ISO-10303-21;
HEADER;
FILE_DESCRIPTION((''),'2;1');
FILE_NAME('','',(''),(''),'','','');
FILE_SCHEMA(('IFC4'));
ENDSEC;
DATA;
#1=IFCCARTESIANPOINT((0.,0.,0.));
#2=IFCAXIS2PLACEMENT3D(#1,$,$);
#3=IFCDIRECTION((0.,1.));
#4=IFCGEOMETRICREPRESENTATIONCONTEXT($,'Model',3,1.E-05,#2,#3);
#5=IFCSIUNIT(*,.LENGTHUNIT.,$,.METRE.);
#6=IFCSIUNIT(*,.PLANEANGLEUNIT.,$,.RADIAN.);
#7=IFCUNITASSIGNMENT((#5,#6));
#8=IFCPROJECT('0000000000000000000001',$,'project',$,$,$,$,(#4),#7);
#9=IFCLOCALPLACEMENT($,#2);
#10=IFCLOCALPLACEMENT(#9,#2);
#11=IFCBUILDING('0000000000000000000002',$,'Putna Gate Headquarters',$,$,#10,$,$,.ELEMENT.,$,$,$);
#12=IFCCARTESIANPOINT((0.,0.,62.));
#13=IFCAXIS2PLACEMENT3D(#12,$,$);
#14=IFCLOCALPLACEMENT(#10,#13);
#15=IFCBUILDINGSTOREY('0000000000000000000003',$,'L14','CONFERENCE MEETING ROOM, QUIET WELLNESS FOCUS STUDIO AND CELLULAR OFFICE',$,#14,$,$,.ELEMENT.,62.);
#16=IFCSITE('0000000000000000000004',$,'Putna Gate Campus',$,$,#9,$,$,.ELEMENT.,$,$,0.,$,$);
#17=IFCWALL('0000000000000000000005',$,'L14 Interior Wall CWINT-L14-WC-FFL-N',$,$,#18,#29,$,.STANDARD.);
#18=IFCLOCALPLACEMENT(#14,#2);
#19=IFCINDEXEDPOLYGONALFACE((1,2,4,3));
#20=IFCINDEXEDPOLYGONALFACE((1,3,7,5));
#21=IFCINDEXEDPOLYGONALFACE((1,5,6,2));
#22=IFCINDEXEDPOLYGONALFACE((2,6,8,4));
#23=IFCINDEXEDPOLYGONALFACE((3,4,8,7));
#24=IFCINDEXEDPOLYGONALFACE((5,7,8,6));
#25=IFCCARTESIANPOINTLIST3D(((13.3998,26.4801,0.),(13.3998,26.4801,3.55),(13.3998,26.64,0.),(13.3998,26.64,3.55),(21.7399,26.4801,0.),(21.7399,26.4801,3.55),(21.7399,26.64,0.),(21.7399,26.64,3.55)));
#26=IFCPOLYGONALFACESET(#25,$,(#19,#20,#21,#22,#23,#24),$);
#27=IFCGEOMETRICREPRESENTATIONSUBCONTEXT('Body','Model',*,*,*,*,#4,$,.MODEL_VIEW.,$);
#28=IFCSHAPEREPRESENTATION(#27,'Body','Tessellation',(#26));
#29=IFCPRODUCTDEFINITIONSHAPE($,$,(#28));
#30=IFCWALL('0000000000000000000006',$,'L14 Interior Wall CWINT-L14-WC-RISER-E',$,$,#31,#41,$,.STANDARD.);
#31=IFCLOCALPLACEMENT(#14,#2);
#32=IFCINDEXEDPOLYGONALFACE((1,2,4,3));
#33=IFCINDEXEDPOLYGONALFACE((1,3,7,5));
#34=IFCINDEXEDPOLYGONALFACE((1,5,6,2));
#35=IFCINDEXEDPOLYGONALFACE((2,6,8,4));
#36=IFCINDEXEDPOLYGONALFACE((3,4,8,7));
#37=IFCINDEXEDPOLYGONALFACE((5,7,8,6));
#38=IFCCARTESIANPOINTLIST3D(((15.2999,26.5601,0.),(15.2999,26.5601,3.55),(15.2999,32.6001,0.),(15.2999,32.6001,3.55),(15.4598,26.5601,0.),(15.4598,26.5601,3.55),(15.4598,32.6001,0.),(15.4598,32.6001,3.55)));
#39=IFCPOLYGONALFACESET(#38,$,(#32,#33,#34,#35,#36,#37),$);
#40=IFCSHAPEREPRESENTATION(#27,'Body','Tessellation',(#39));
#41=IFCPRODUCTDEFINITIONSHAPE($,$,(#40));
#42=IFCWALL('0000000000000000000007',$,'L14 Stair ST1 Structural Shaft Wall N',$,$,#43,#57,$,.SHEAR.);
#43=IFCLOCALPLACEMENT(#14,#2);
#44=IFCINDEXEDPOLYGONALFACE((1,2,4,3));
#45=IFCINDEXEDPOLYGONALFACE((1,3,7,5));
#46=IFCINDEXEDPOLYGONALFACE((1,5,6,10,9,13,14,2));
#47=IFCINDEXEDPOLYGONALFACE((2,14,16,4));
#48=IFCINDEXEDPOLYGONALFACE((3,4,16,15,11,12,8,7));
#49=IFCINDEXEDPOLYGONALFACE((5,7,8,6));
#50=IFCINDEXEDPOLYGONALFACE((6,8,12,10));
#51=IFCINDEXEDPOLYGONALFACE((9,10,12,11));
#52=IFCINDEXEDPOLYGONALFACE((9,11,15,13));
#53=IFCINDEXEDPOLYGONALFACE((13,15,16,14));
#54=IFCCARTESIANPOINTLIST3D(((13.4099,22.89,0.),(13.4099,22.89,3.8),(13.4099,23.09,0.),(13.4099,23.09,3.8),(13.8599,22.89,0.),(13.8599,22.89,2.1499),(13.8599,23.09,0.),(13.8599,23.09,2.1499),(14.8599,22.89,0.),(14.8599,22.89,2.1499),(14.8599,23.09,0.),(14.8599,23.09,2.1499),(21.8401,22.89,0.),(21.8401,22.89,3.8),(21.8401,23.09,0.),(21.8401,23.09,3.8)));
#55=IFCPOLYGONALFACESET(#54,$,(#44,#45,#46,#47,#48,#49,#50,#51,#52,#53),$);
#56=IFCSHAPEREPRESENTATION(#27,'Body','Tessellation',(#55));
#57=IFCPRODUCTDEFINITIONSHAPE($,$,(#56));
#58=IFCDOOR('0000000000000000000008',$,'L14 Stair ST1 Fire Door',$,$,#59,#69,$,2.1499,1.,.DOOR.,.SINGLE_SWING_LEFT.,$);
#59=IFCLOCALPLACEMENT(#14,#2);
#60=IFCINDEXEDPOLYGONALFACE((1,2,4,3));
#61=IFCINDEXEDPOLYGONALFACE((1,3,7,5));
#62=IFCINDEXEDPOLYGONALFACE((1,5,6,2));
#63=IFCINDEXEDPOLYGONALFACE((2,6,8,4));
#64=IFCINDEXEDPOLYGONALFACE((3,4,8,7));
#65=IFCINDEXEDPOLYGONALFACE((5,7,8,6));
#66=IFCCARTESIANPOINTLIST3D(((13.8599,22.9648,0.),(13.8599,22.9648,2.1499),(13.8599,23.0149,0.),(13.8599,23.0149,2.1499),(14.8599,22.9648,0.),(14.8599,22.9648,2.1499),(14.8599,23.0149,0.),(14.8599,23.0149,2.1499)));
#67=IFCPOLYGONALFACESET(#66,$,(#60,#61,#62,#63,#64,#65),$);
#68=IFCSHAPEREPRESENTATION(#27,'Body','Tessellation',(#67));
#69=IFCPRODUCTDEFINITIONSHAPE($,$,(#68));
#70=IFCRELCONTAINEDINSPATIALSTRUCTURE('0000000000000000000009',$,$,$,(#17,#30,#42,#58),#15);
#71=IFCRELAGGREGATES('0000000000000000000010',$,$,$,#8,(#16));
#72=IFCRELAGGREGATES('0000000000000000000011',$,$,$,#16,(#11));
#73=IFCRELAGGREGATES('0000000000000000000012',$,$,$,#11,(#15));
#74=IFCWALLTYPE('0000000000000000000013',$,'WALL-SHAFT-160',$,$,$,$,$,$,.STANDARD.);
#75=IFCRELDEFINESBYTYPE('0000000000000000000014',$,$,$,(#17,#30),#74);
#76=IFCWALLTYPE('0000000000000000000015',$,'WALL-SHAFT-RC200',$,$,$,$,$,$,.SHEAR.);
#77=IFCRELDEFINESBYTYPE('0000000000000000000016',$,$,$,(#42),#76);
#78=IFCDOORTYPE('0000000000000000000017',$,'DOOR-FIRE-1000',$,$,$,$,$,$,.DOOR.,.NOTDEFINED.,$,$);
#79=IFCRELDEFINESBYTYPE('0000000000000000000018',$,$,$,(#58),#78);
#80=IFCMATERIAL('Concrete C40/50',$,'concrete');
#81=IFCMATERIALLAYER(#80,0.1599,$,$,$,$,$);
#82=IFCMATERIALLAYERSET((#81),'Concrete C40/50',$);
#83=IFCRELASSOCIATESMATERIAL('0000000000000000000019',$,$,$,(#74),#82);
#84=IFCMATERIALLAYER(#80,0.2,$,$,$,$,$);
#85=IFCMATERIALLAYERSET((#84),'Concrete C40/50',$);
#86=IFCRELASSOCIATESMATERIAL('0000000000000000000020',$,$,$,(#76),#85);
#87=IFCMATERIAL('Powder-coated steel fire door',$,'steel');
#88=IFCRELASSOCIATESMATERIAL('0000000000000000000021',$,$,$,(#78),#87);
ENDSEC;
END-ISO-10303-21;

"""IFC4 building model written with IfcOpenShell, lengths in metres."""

from ifc_helpers import new_model, si_unit, direction, frame, frame_2d, origin, place, context, subcontext, project, spatial, rectangle, extrude, material, layer, layer_set, type_object, element, fill, save


model = new_model("IFC4")

# Units and contexts
model_context = context("Model", 3, precision=1e-05, world=origin(), true_north=direction((0.0, 1.0)))
body_context = subcontext(model_context, "Body", "Model", "MODEL_VIEW")
ifc_project = project(units=[si_unit("LENGTHUNIT", "METRE"), si_unit("PLANEANGLEUNIT", "RADIAN")], contexts=[model_context])

# Site, building, storey
site_placement = place(None, origin())
site = spatial("IfcSite", under=ifc_project, at=site_placement, Name="Putna Gate Campus", CompositionType="ELEMENT", RefElevation=0.0)
building_placement = place(site_placement, origin())
building = spatial("IfcBuilding", under=site, at=building_placement, Name="Putna Gate Headquarters", CompositionType="ELEMENT")
storey_placement = place(building_placement, frame((0.0, 0.0, 62.0)))
storey = spatial("IfcBuildingStorey", under=building, at=storey_placement, Name="L14", Description="CONFERENCE MEETING ROOM, QUIET WELLNESS FOCUS STUDIO AND CELLULAR OFFICE", CompositionType="ELEMENT", Elevation=62.0)

# Walls
ifc_material_1 = material(Name="Concrete C40/50", Category="concrete")
ifc_layer_1 = layer(ifc_material_1, 0.1599)
ifc_layer_set_1 = layer_set([ifc_layer_1], Name="Concrete C40/50")
wall_type_1 = type_object("IfcWallType", Name="WALL-SHAFT-160", PredefinedType="STANDARD", material=ifc_layer_set_1)
wall_1_placement = place(storey_placement, frame((13.3999, 26.5601, 0.0), z_axis=(0.0, 0.0, 1.0), x_axis=(1.0, 0.0, 0.0)))
element("IfcWall", 1, at=wall_1_placement, inside=storey, type_object=wall_type_1, Name="L14 Interior Wall CWINT-L14-WC-FFL-N", PredefinedType="STANDARD", context=body_context, shape_type="SweptSolid", body=[
    extrude(rectangle(XDim=8.3401, YDim=0.1599, at=frame_2d((4.1699, 0.0))), origin(), (0.0, 0.0, 1.0), 3.55),
])
wall_2_placement = place(storey_placement, frame((15.3799, 26.5601, 0.0), z_axis=(0.0, 0.0, 1.0), x_axis=(0.0, 1.0, 0.0)))
element("IfcWall", 2, at=wall_2_placement, inside=storey, type_object=wall_type_1, Name="L14 Interior Wall CWINT-L14-WC-RISER-E", PredefinedType="STANDARD", context=body_context, shape_type="SweptSolid", body=[
    extrude(rectangle(XDim=6.04, YDim=0.1599, at=frame_2d((3.02, 0.0))), origin(), (0.0, 0.0, 1.0), 3.55),
])

# Wall, opening, door
ifc_layer_2 = layer(ifc_material_1, 0.2)
ifc_layer_set_2 = layer_set([ifc_layer_2], Name="Concrete C40/50")
wall_type_2 = type_object("IfcWallType", Name="WALL-SHAFT-RC200", PredefinedType="SHEAR", material=ifc_layer_set_2)
wall_3_placement = place(storey_placement, frame((13.4099, 22.99, 0.0), z_axis=(0.0, 0.0, 1.0), x_axis=(1.0, 0.0, 0.0)))
wall_3 = element("IfcWall", 3, at=wall_3_placement, inside=storey, type_object=wall_type_2, Name="L14 Stair ST1 Structural Shaft Wall N", PredefinedType="SHEAR", context=body_context, shape_type="SweptSolid", body=[
    extrude(rectangle(XDim=8.4302, YDim=0.2, at=frame_2d((4.2151, 0.0))), origin(), (0.0, 0.0, 1.0), 3.8),
])
opening_1_placement = place(wall_3_placement, frame((0.45, 0.0, 0.0)))
opening_1 = element("IfcOpeningElement", 4, at=opening_1_placement, cuts=wall_3, PredefinedType="OPENING", context=body_context, shape_type="SweptSolid", body=[
    extrude(rectangle(XDim=1.0, YDim=2.1499, at=frame_2d((0.5, 1.075))), frame((0.0, 0.1099, 0.0), z_axis=(0.0, -1.0, 0.0), x_axis=(1.0, 0.0, 0.0)), (0.0, 0.0, 1.0), 0.22),
])
ifc_material_2 = material(Name="Powder-coated steel fire door", Category="steel")
door_type_1 = type_object("IfcDoorType", Name="DOOR-FIRE-1000", OperationType="NOTDEFINED", PredefinedType="DOOR", material=ifc_material_2)
door_1_placement = place(opening_1_placement, origin())
door_1 = element("IfcDoor", 5, at=door_1_placement, inside=storey, type_object=door_type_1, Name="L14 Stair ST1 Fire Door", OperationType="SINGLE_SWING_LEFT", OverallHeight=2.1499, OverallWidth=1.0, PredefinedType="DOOR", context=body_context, shape_type="SweptSolid", body=[
    extrude(rectangle(XDim=1.0, YDim=2.1499, at=frame_2d((0.5, 1.075))), frame((0.0, 0.0249, 0.0), z_axis=(0.0, -1.0, 0.0), x_axis=(1.0, 0.0, 0.0)), (0.0, 0.0, 1.0), 0.05),
])
fill(opening_1, door_1)

save(model, "model.ifc")
